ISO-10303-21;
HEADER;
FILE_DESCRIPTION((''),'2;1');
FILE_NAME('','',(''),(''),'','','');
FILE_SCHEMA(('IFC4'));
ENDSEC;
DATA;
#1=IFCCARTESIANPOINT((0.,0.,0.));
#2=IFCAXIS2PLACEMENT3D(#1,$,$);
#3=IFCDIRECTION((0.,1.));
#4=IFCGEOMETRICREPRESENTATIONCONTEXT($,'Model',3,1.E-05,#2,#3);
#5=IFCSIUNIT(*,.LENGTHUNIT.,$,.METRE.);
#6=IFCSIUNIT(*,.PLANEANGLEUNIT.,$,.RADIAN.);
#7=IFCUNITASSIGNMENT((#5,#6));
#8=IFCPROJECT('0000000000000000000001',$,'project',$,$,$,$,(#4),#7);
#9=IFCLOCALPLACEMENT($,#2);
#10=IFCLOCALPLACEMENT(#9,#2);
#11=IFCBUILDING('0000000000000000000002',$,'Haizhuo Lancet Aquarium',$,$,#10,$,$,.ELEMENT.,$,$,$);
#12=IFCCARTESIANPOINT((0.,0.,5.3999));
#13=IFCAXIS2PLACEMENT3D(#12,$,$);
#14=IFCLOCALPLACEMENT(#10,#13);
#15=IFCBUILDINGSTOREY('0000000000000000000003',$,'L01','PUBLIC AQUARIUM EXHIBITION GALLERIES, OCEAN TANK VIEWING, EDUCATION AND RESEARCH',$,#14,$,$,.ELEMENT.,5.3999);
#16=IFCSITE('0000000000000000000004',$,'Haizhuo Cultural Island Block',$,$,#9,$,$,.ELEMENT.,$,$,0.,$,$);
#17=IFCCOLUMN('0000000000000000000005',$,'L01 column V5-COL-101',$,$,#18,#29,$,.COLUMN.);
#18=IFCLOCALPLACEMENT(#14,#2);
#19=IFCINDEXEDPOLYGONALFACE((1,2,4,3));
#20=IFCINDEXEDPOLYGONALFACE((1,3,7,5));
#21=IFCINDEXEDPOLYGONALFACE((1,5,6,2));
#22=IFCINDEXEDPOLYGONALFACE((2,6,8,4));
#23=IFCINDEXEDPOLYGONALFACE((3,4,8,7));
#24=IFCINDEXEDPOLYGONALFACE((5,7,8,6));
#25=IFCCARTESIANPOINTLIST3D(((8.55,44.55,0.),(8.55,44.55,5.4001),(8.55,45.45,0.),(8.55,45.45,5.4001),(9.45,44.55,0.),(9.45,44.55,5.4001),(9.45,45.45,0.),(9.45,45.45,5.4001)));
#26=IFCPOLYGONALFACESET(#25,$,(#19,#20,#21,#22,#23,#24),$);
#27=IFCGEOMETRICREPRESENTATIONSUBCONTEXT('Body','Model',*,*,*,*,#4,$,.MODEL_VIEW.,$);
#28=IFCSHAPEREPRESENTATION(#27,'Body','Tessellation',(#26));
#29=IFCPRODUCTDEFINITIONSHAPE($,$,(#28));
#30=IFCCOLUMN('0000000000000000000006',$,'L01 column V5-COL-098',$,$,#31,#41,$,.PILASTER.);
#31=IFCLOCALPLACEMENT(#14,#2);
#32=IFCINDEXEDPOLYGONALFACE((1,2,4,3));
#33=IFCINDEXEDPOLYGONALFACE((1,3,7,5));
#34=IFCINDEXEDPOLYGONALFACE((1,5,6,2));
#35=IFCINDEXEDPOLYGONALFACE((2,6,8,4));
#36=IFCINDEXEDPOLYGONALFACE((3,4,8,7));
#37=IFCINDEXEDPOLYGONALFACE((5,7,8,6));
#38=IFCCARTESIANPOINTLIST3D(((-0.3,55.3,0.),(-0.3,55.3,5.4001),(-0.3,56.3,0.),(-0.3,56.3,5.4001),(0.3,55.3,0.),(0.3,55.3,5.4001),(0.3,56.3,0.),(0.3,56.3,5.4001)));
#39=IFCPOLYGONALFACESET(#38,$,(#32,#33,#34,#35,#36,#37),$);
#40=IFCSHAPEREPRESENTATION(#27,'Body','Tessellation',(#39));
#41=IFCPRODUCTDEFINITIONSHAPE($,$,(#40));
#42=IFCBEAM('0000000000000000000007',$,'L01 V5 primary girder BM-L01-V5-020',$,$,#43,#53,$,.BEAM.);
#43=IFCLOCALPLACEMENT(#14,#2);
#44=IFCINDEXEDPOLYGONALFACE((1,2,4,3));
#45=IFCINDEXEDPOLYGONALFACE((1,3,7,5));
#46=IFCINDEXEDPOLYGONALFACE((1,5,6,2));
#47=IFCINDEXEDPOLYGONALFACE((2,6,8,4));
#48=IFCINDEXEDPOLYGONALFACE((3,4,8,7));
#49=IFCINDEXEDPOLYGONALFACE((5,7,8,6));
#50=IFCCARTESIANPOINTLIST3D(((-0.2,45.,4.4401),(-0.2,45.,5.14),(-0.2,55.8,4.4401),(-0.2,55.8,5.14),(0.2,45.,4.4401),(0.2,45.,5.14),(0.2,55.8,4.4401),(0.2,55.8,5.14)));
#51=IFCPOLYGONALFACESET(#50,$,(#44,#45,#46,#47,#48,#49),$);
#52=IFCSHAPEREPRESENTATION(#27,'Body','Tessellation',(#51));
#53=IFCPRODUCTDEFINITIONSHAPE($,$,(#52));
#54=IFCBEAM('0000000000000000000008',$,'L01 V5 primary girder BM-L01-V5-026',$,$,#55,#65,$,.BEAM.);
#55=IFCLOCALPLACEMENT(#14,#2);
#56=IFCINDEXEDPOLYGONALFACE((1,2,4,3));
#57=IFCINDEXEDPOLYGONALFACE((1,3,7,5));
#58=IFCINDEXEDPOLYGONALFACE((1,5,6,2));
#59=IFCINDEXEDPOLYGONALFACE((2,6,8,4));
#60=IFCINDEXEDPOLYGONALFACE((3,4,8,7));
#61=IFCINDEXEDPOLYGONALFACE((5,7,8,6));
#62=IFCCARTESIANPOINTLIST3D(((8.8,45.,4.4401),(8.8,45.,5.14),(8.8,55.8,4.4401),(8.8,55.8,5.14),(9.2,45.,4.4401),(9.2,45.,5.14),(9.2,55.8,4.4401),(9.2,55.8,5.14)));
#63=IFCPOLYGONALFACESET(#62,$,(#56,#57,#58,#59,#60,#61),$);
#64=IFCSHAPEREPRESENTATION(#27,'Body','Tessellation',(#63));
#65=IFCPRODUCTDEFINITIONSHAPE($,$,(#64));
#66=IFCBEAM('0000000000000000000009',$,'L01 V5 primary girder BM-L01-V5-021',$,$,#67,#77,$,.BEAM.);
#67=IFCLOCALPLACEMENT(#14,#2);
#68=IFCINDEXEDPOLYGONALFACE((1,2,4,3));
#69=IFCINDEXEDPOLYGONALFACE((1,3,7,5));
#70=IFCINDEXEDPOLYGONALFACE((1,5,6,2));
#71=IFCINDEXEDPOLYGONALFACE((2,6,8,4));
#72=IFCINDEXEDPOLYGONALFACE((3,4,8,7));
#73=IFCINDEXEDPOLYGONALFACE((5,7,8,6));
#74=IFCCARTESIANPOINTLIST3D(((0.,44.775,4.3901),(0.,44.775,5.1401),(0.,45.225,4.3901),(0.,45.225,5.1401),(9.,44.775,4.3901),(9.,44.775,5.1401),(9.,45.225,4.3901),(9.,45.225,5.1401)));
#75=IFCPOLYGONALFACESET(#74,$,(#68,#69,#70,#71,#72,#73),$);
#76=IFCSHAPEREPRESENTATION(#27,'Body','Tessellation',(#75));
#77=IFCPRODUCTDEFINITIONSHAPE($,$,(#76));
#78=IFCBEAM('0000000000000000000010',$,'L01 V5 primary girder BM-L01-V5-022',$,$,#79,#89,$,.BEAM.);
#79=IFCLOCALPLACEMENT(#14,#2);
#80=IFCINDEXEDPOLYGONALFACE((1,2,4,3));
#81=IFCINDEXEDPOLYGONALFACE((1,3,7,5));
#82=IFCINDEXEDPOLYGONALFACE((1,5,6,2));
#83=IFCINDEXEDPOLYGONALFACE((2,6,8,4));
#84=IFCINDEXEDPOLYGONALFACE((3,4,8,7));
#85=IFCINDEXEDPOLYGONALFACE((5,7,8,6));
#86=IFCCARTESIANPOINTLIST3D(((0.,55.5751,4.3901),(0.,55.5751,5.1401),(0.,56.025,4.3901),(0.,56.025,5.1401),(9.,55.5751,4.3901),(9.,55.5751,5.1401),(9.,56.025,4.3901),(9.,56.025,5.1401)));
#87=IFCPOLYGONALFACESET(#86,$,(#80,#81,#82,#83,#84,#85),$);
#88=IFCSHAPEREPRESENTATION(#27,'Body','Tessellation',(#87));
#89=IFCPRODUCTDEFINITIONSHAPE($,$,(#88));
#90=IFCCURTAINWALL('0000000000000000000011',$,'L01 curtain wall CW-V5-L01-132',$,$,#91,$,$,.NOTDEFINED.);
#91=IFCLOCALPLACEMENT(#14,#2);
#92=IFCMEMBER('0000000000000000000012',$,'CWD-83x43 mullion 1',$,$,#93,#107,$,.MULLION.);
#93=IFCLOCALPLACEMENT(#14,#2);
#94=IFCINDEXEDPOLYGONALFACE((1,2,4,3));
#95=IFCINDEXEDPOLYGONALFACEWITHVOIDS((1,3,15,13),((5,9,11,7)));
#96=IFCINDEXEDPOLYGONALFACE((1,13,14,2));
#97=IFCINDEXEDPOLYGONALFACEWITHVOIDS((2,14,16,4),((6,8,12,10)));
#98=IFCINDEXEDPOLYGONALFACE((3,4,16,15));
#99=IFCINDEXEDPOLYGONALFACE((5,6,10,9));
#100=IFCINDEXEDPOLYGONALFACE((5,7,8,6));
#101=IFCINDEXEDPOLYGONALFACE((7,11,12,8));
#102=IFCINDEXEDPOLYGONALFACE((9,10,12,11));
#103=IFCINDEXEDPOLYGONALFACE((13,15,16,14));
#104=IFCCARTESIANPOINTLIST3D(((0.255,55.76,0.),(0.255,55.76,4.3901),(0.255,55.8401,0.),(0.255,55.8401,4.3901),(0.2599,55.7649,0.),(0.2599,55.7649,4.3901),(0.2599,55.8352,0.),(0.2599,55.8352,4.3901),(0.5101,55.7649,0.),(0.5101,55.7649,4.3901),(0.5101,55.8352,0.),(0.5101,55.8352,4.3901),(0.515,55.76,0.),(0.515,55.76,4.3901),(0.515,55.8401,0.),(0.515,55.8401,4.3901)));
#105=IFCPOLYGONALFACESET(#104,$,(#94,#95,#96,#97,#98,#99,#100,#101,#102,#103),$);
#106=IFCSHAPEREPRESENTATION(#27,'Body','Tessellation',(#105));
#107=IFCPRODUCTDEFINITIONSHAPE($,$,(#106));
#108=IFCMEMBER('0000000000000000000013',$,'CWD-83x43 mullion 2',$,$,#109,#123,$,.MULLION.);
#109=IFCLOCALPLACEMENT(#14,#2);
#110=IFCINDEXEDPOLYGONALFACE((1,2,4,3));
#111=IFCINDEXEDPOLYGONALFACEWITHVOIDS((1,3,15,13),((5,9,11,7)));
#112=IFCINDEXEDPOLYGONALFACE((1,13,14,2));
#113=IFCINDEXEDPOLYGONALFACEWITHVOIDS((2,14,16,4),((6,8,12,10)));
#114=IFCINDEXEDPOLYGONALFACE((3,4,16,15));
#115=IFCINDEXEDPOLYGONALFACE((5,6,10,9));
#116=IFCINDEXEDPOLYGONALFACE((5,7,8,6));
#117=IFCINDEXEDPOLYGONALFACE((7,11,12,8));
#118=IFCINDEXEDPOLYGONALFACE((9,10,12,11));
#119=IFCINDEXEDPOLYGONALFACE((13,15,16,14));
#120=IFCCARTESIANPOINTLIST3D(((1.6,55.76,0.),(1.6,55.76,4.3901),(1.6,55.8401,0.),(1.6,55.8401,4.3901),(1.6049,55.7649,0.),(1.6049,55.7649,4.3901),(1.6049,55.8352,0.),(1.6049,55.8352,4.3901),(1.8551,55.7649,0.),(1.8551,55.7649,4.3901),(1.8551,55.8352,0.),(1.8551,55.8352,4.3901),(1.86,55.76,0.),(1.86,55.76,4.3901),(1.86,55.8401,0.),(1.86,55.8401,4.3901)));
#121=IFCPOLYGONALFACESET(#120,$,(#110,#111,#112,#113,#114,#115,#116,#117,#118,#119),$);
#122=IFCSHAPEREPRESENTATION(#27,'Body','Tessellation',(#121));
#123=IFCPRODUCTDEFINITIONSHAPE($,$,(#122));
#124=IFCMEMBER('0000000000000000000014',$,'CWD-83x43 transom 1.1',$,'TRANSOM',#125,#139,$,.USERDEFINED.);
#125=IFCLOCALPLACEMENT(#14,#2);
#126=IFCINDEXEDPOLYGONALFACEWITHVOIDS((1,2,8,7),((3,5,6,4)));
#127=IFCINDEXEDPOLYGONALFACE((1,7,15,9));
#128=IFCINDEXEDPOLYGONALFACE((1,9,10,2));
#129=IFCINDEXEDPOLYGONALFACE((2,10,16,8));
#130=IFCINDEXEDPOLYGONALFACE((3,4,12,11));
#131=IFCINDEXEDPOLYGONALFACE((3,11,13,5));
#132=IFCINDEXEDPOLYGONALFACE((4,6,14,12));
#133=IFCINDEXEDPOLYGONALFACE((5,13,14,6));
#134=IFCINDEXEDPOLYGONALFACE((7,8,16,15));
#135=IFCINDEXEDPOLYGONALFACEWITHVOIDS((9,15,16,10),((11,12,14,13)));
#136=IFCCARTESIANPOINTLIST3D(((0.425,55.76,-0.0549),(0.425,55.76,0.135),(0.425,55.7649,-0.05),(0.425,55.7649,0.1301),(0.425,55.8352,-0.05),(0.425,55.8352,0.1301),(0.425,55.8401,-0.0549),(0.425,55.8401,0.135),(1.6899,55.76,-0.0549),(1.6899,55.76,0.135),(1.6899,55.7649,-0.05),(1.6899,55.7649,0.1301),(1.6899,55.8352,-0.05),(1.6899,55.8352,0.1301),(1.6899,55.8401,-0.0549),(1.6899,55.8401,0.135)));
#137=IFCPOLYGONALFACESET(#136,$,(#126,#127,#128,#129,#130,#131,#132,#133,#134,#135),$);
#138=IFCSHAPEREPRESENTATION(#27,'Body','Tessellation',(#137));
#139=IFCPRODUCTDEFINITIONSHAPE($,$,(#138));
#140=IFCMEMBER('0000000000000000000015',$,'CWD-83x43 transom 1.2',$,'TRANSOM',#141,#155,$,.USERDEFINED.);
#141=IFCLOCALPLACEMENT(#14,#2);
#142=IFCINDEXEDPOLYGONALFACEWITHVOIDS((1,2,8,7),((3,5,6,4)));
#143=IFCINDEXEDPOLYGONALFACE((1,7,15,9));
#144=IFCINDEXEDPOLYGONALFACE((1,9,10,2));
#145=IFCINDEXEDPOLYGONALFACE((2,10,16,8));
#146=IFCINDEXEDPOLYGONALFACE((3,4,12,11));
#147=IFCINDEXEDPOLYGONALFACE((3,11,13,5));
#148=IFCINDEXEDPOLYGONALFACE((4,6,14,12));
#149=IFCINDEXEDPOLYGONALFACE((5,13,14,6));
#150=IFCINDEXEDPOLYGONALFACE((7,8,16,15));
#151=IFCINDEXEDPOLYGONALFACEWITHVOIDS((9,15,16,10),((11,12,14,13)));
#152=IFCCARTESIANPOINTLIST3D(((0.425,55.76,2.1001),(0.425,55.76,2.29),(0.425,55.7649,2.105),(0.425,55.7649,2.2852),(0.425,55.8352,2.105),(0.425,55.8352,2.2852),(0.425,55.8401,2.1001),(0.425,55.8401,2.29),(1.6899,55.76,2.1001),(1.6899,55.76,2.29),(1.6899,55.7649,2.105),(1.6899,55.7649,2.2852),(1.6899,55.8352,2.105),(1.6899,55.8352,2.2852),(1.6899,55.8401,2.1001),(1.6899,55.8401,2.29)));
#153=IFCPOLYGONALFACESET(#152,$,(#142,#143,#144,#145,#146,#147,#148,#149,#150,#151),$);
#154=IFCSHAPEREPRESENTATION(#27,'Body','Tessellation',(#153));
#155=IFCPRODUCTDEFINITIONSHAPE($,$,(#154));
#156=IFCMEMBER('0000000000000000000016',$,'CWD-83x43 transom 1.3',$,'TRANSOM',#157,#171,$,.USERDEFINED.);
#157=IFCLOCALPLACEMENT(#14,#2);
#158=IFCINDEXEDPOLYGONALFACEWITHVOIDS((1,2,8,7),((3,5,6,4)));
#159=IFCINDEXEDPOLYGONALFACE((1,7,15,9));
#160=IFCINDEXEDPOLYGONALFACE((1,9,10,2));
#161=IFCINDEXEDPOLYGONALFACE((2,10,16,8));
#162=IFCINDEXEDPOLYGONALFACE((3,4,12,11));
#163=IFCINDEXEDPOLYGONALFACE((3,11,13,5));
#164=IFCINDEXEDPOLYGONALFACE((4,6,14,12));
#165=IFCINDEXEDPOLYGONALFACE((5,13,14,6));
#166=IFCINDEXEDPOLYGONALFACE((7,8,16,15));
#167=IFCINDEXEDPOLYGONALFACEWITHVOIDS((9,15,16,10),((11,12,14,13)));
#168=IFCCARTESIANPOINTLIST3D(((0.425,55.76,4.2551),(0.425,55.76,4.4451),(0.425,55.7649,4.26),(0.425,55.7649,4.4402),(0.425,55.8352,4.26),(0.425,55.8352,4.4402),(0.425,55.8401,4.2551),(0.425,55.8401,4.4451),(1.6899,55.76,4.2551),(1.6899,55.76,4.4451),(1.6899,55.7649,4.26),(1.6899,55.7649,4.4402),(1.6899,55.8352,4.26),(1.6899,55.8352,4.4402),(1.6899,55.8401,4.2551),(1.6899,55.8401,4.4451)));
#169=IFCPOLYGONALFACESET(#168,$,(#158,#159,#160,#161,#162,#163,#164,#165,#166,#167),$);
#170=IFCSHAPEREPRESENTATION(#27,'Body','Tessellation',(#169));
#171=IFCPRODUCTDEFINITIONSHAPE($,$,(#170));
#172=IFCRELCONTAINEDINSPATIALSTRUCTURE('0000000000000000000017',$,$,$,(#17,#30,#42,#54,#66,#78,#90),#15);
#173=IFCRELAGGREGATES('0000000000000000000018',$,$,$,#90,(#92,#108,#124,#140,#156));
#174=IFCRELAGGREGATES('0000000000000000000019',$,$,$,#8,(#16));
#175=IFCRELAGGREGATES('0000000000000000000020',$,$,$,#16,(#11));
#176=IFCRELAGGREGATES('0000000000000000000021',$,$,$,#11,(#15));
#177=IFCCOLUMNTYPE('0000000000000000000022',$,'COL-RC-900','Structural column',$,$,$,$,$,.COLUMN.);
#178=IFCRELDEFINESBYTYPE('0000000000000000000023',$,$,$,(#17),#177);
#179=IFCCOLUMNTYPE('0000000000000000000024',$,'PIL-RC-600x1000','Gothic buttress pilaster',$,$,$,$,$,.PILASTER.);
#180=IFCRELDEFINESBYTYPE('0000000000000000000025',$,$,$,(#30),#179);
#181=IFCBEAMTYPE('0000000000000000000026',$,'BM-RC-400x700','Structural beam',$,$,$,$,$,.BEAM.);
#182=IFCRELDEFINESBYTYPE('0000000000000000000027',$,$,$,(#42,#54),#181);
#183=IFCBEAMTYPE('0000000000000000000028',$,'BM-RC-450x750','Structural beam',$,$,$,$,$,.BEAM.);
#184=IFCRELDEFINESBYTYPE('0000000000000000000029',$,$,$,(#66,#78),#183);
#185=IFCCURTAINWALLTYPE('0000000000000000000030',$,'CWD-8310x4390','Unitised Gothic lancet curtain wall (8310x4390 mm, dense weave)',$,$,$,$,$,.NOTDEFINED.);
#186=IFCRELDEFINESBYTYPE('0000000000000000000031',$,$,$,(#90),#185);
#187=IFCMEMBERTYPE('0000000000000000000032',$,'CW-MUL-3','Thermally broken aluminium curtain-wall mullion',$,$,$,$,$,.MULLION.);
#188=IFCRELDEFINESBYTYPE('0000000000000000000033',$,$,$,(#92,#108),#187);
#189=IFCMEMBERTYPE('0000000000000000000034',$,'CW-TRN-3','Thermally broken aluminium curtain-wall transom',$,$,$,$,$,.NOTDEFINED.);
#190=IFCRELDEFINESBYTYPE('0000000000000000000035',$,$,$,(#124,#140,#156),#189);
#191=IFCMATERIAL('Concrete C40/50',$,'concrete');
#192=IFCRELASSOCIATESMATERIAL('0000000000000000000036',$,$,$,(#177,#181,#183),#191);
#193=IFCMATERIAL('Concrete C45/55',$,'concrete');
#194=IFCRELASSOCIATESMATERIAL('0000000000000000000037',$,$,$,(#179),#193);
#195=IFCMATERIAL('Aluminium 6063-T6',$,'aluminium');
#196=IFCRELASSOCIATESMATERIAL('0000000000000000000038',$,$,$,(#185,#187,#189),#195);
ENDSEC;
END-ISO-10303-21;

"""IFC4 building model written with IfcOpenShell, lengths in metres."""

from ifc_helpers import new_model, si_unit, direction, frame, origin, origin_2d, place, context, subcontext, project, spatial, rectangle, hollow_rectangle, extrude, material, material_profile, profile_set, type_object, element, aggregate, save


model = new_model("IFC4")

# Units and contexts
model_context = context("Model", 3, precision=1e-05, world=origin(), true_north=direction((0.0, 1.0)))
body_context = subcontext(model_context, "Body", "Model", "MODEL_VIEW")
ifc_project = project(units=[si_unit("LENGTHUNIT", "METRE"), si_unit("PLANEANGLEUNIT", "RADIAN")], contexts=[model_context])

# Site, building, storey
site_placement = place(None, origin())
site = spatial("IfcSite", under=ifc_project, at=site_placement, Name="Haizhuo Cultural Island Block", CompositionType="ELEMENT", RefElevation=0.0)
building_placement = place(site_placement, origin())
building = spatial("IfcBuilding", under=site, at=building_placement, Name="Haizhuo Lancet Aquarium", CompositionType="ELEMENT")
storey_placement = place(building_placement, frame((0.0, 0.0, 5.3999)))
storey = spatial("IfcBuildingStorey", under=building, at=storey_placement, Name="L01", Description="PUBLIC AQUARIUM EXHIBITION GALLERIES, OCEAN TANK VIEWING, EDUCATION AND RESEARCH", CompositionType="ELEMENT", Elevation=5.3999)

# Columns
ifc_material_1 = material(Name="Concrete C40/50", Category="concrete")
ifc_material_profile_1 = material_profile(ifc_material_1, rectangle(XDim=0.8999, YDim=0.8999, at=origin_2d()), Name="RC-COL 900x900")
ifc_profile_set_1 = profile_set([ifc_material_profile_1], Name="Concrete C40/50")
column_type_1 = type_object("IfcColumnType", Name="COL-RC-900", Description="Structural column", PredefinedType="COLUMN", material=ifc_profile_set_1)
column_1_placement = place(storey_placement, frame((9.0, 45.0, 0.0), z_axis=(0.0, 0.0, 1.0), x_axis=(1.0, 0.0, 0.0)))
element("IfcColumn", 1, at=column_1_placement, inside=storey, type_object=column_type_1, Name="L01 column V5-COL-101", PredefinedType="COLUMN", context=body_context, shape_type="SweptSolid", body=[
    extrude(rectangle(XDim=0.8999, YDim=0.8999, at=origin_2d()), origin(), (0.0, 0.0, 1.0), 5.4001),
])
ifc_material_2 = material(Name="Concrete C45/55", Category="concrete")
ifc_material_profile_2 = material_profile(ifc_material_2, rectangle(XDim=0.6001, YDim=1.0, at=origin_2d()), Name="RC-PIL 600x1000")
ifc_profile_set_2 = profile_set([ifc_material_profile_2], Name="Concrete C45/55")
column_type_2 = type_object("IfcColumnType", Name="PIL-RC-600x1000", Description="Gothic buttress pilaster", PredefinedType="PILASTER", material=ifc_profile_set_2)
column_2_placement = place(storey_placement, frame((0.0, 55.8, 0.0), z_axis=(0.0, 0.0, 1.0), x_axis=(1.0, 0.0, 0.0)))
element("IfcColumn", 2, at=column_2_placement, inside=storey, type_object=column_type_2, Name="L01 column V5-COL-098", PredefinedType="PILASTER", context=body_context, shape_type="SweptSolid", body=[
    extrude(rectangle(XDim=0.6001, YDim=1.0, at=origin_2d()), origin(), (0.0, 0.0, 1.0), 5.4001),
])

# Beams
ifc_material_profile_3 = material_profile(ifc_material_1, rectangle(XDim=0.3999, YDim=0.7, at=origin_2d()), Name="RC-BM 400x700")
ifc_profile_set_3 = profile_set([ifc_material_profile_3], Name="Concrete C40/50")
beam_type_1 = type_object("IfcBeamType", Name="BM-RC-400x700", Description="Structural beam", PredefinedType="BEAM", material=ifc_profile_set_3)
for number, where, z_axis, x_axis, name in (
    (3, (0.0, 45.0, 4.79), (0.0, 1.0, 0.0), (-1.0, 0.0, 0.0), "L01 V5 primary girder BM-L01-V5-020"),
    (4, (9.0, 45.0, 4.79), (0.0, 1.0, 0.0), (-1.0, 0.0, 0.0), "L01 V5 primary girder BM-L01-V5-026"),
):
    element("IfcBeam", number, at=place(storey_placement, frame(where, z_axis=z_axis, x_axis=x_axis)), inside=storey, type_object=beam_type_1, Name=name, PredefinedType="BEAM", context=body_context, shape_type="SweptSolid", body=[
        extrude(rectangle(XDim=0.3999, YDim=0.7, at=origin_2d()), origin(), (0.0, 0.0, 1.0), 10.8),
    ])
ifc_material_profile_4 = material_profile(ifc_material_1, rectangle(XDim=0.45, YDim=0.75, at=origin_2d()), Name="RC-BM 450x750")
ifc_profile_set_4 = profile_set([ifc_material_profile_4], Name="Concrete C40/50")
beam_type_2 = type_object("IfcBeamType", Name="BM-RC-450x750", Description="Structural beam", PredefinedType="BEAM", material=ifc_profile_set_4)
for number, where, z_axis, x_axis, name in (
    (5, (0.0, 45.0, 4.7651), (1.0, 0.0, 0.0), (0.0, 1.0, 0.0), "L01 V5 primary girder BM-L01-V5-021"),
    (6, (0.0, 55.8, 4.7651), (1.0, 0.0, 0.0), (0.0, 1.0, 0.0), "L01 V5 primary girder BM-L01-V5-022"),
):
    element("IfcBeam", number, at=place(storey_placement, frame(where, z_axis=z_axis, x_axis=x_axis)), inside=storey, type_object=beam_type_2, Name=name, PredefinedType="BEAM", context=body_context, shape_type="SweptSolid", body=[
        extrude(rectangle(XDim=0.45, YDim=0.75, at=origin_2d()), origin(), (0.0, 0.0, 1.0), 9.0),
    ])

# Curtain wall, members
ifc_material_3 = material(Name="Aluminium 6063-T6", Category="aluminium")
curtain_wall_type = type_object("IfcCurtainWallType", Name="CWD-8310x4390", Description="Unitised Gothic lancet curtain wall (8310x4390 mm, dense weave)", PredefinedType="NOTDEFINED", material=ifc_material_3)
curtain_wall_placement = place(storey_placement, origin())
curtain_wall = element("IfcCurtainWall", 7, at=curtain_wall_placement, inside=storey, type_object=curtain_wall_type, Name="L01 curtain wall CW-V5-L01-132", PredefinedType="NOTDEFINED")
ifc_material_profile_5 = material_profile(ifc_material_3, hollow_rectangle(XDim=0.0801, YDim=0.26, WallThickness=0.0049, at=origin_2d()), Name="ALU-M 80x260x5")
ifc_profile_set_5 = profile_set([ifc_material_profile_5], Name="Aluminium 6063-T6")
member_type_1 = type_object("IfcMemberType", Name="CW-MUL-3", Description="Thermally broken aluminium curtain-wall mullion", PredefinedType="MULLION", material=ifc_profile_set_5)
member_1_placement = place(storey_placement, frame((0.385, 55.8, 0.0), z_axis=(0.0, 0.0, 1.0), x_axis=(0.0, 1.0, 0.0)))
member_1 = element("IfcMember", 8, at=member_1_placement, type_object=member_type_1, Name="CWD-83x43 mullion 1", PredefinedType="MULLION", context=body_context, shape_type="SweptSolid", body=[
    extrude(hollow_rectangle(XDim=0.0801, YDim=0.26, WallThickness=0.0049, at=origin_2d()), origin(), (0.0, 0.0, 1.0), 4.3901),
])
member_2_placement = place(storey_placement, frame((1.73, 55.8, 0.0), z_axis=(0.0, 0.0, 1.0), x_axis=(0.0, 1.0, 0.0)))
member_2 = element("IfcMember", 9, at=member_2_placement, type_object=member_type_1, Name="CWD-83x43 mullion 2", PredefinedType="MULLION", context=body_context, shape_type="SweptSolid", body=[
    extrude(hollow_rectangle(XDim=0.0801, YDim=0.26, WallThickness=0.0049, at=origin_2d()), origin(), (0.0, 0.0, 1.0), 4.3901),
])
ifc_material_profile_6 = material_profile(ifc_material_3, hollow_rectangle(XDim=0.0801, YDim=0.1899, WallThickness=0.0049, at=origin_2d()), Name="ALU-T 80x190x5")
ifc_profile_set_6 = profile_set([ifc_material_profile_6], Name="Aluminium 6063-T6")
member_type_2 = type_object("IfcMemberType", Name="CW-TRN-3", Description="Thermally broken aluminium curtain-wall transom", PredefinedType="NOTDEFINED", material=ifc_profile_set_6)
member_3_placement = place(storey_placement, frame((0.425, 55.8, 0.04), z_axis=(1.0, 0.0, 0.0), x_axis=(0.0, 1.0, 0.0)))
member_3 = element("IfcMember", 10, at=member_3_placement, type_object=member_type_2, Name="CWD-83x43 transom 1.1", ObjectType="TRANSOM", PredefinedType="USERDEFINED", context=body_context, shape_type="SweptSolid", body=[
    extrude(hollow_rectangle(XDim=0.0801, YDim=0.1899, WallThickness=0.0049, at=origin_2d()), origin(), (0.0, 0.0, 1.0), 1.2649),
])
member_4_placement = place(storey_placement, frame((0.425, 55.8, 2.1951), z_axis=(1.0, 0.0, 0.0), x_axis=(0.0, 1.0, 0.0)))
member_4 = element("IfcMember", 11, at=member_4_placement, type_object=member_type_2, Name="CWD-83x43 transom 1.2", ObjectType="TRANSOM", PredefinedType="USERDEFINED", context=body_context, shape_type="SweptSolid", body=[
    extrude(hollow_rectangle(XDim=0.0801, YDim=0.1899, WallThickness=0.0049, at=origin_2d()), origin(), (0.0, 0.0, 1.0), 1.2649),
])
member_5_placement = place(storey_placement, frame((0.425, 55.8, 4.3501), z_axis=(1.0, 0.0, 0.0), x_axis=(0.0, 1.0, 0.0)))
member_5 = element("IfcMember", 12, at=member_5_placement, type_object=member_type_2, Name="CWD-83x43 transom 1.3", ObjectType="TRANSOM", PredefinedType="USERDEFINED", context=body_context, shape_type="SweptSolid", body=[
    extrude(hollow_rectangle(XDim=0.0801, YDim=0.1899, WallThickness=0.0049, at=origin_2d()), origin(), (0.0, 0.0, 1.0), 1.2649),
])

aggregate(curtain_wall, [member_1, member_2, member_3, member_4, member_5])

save(model, "model.ifc")
